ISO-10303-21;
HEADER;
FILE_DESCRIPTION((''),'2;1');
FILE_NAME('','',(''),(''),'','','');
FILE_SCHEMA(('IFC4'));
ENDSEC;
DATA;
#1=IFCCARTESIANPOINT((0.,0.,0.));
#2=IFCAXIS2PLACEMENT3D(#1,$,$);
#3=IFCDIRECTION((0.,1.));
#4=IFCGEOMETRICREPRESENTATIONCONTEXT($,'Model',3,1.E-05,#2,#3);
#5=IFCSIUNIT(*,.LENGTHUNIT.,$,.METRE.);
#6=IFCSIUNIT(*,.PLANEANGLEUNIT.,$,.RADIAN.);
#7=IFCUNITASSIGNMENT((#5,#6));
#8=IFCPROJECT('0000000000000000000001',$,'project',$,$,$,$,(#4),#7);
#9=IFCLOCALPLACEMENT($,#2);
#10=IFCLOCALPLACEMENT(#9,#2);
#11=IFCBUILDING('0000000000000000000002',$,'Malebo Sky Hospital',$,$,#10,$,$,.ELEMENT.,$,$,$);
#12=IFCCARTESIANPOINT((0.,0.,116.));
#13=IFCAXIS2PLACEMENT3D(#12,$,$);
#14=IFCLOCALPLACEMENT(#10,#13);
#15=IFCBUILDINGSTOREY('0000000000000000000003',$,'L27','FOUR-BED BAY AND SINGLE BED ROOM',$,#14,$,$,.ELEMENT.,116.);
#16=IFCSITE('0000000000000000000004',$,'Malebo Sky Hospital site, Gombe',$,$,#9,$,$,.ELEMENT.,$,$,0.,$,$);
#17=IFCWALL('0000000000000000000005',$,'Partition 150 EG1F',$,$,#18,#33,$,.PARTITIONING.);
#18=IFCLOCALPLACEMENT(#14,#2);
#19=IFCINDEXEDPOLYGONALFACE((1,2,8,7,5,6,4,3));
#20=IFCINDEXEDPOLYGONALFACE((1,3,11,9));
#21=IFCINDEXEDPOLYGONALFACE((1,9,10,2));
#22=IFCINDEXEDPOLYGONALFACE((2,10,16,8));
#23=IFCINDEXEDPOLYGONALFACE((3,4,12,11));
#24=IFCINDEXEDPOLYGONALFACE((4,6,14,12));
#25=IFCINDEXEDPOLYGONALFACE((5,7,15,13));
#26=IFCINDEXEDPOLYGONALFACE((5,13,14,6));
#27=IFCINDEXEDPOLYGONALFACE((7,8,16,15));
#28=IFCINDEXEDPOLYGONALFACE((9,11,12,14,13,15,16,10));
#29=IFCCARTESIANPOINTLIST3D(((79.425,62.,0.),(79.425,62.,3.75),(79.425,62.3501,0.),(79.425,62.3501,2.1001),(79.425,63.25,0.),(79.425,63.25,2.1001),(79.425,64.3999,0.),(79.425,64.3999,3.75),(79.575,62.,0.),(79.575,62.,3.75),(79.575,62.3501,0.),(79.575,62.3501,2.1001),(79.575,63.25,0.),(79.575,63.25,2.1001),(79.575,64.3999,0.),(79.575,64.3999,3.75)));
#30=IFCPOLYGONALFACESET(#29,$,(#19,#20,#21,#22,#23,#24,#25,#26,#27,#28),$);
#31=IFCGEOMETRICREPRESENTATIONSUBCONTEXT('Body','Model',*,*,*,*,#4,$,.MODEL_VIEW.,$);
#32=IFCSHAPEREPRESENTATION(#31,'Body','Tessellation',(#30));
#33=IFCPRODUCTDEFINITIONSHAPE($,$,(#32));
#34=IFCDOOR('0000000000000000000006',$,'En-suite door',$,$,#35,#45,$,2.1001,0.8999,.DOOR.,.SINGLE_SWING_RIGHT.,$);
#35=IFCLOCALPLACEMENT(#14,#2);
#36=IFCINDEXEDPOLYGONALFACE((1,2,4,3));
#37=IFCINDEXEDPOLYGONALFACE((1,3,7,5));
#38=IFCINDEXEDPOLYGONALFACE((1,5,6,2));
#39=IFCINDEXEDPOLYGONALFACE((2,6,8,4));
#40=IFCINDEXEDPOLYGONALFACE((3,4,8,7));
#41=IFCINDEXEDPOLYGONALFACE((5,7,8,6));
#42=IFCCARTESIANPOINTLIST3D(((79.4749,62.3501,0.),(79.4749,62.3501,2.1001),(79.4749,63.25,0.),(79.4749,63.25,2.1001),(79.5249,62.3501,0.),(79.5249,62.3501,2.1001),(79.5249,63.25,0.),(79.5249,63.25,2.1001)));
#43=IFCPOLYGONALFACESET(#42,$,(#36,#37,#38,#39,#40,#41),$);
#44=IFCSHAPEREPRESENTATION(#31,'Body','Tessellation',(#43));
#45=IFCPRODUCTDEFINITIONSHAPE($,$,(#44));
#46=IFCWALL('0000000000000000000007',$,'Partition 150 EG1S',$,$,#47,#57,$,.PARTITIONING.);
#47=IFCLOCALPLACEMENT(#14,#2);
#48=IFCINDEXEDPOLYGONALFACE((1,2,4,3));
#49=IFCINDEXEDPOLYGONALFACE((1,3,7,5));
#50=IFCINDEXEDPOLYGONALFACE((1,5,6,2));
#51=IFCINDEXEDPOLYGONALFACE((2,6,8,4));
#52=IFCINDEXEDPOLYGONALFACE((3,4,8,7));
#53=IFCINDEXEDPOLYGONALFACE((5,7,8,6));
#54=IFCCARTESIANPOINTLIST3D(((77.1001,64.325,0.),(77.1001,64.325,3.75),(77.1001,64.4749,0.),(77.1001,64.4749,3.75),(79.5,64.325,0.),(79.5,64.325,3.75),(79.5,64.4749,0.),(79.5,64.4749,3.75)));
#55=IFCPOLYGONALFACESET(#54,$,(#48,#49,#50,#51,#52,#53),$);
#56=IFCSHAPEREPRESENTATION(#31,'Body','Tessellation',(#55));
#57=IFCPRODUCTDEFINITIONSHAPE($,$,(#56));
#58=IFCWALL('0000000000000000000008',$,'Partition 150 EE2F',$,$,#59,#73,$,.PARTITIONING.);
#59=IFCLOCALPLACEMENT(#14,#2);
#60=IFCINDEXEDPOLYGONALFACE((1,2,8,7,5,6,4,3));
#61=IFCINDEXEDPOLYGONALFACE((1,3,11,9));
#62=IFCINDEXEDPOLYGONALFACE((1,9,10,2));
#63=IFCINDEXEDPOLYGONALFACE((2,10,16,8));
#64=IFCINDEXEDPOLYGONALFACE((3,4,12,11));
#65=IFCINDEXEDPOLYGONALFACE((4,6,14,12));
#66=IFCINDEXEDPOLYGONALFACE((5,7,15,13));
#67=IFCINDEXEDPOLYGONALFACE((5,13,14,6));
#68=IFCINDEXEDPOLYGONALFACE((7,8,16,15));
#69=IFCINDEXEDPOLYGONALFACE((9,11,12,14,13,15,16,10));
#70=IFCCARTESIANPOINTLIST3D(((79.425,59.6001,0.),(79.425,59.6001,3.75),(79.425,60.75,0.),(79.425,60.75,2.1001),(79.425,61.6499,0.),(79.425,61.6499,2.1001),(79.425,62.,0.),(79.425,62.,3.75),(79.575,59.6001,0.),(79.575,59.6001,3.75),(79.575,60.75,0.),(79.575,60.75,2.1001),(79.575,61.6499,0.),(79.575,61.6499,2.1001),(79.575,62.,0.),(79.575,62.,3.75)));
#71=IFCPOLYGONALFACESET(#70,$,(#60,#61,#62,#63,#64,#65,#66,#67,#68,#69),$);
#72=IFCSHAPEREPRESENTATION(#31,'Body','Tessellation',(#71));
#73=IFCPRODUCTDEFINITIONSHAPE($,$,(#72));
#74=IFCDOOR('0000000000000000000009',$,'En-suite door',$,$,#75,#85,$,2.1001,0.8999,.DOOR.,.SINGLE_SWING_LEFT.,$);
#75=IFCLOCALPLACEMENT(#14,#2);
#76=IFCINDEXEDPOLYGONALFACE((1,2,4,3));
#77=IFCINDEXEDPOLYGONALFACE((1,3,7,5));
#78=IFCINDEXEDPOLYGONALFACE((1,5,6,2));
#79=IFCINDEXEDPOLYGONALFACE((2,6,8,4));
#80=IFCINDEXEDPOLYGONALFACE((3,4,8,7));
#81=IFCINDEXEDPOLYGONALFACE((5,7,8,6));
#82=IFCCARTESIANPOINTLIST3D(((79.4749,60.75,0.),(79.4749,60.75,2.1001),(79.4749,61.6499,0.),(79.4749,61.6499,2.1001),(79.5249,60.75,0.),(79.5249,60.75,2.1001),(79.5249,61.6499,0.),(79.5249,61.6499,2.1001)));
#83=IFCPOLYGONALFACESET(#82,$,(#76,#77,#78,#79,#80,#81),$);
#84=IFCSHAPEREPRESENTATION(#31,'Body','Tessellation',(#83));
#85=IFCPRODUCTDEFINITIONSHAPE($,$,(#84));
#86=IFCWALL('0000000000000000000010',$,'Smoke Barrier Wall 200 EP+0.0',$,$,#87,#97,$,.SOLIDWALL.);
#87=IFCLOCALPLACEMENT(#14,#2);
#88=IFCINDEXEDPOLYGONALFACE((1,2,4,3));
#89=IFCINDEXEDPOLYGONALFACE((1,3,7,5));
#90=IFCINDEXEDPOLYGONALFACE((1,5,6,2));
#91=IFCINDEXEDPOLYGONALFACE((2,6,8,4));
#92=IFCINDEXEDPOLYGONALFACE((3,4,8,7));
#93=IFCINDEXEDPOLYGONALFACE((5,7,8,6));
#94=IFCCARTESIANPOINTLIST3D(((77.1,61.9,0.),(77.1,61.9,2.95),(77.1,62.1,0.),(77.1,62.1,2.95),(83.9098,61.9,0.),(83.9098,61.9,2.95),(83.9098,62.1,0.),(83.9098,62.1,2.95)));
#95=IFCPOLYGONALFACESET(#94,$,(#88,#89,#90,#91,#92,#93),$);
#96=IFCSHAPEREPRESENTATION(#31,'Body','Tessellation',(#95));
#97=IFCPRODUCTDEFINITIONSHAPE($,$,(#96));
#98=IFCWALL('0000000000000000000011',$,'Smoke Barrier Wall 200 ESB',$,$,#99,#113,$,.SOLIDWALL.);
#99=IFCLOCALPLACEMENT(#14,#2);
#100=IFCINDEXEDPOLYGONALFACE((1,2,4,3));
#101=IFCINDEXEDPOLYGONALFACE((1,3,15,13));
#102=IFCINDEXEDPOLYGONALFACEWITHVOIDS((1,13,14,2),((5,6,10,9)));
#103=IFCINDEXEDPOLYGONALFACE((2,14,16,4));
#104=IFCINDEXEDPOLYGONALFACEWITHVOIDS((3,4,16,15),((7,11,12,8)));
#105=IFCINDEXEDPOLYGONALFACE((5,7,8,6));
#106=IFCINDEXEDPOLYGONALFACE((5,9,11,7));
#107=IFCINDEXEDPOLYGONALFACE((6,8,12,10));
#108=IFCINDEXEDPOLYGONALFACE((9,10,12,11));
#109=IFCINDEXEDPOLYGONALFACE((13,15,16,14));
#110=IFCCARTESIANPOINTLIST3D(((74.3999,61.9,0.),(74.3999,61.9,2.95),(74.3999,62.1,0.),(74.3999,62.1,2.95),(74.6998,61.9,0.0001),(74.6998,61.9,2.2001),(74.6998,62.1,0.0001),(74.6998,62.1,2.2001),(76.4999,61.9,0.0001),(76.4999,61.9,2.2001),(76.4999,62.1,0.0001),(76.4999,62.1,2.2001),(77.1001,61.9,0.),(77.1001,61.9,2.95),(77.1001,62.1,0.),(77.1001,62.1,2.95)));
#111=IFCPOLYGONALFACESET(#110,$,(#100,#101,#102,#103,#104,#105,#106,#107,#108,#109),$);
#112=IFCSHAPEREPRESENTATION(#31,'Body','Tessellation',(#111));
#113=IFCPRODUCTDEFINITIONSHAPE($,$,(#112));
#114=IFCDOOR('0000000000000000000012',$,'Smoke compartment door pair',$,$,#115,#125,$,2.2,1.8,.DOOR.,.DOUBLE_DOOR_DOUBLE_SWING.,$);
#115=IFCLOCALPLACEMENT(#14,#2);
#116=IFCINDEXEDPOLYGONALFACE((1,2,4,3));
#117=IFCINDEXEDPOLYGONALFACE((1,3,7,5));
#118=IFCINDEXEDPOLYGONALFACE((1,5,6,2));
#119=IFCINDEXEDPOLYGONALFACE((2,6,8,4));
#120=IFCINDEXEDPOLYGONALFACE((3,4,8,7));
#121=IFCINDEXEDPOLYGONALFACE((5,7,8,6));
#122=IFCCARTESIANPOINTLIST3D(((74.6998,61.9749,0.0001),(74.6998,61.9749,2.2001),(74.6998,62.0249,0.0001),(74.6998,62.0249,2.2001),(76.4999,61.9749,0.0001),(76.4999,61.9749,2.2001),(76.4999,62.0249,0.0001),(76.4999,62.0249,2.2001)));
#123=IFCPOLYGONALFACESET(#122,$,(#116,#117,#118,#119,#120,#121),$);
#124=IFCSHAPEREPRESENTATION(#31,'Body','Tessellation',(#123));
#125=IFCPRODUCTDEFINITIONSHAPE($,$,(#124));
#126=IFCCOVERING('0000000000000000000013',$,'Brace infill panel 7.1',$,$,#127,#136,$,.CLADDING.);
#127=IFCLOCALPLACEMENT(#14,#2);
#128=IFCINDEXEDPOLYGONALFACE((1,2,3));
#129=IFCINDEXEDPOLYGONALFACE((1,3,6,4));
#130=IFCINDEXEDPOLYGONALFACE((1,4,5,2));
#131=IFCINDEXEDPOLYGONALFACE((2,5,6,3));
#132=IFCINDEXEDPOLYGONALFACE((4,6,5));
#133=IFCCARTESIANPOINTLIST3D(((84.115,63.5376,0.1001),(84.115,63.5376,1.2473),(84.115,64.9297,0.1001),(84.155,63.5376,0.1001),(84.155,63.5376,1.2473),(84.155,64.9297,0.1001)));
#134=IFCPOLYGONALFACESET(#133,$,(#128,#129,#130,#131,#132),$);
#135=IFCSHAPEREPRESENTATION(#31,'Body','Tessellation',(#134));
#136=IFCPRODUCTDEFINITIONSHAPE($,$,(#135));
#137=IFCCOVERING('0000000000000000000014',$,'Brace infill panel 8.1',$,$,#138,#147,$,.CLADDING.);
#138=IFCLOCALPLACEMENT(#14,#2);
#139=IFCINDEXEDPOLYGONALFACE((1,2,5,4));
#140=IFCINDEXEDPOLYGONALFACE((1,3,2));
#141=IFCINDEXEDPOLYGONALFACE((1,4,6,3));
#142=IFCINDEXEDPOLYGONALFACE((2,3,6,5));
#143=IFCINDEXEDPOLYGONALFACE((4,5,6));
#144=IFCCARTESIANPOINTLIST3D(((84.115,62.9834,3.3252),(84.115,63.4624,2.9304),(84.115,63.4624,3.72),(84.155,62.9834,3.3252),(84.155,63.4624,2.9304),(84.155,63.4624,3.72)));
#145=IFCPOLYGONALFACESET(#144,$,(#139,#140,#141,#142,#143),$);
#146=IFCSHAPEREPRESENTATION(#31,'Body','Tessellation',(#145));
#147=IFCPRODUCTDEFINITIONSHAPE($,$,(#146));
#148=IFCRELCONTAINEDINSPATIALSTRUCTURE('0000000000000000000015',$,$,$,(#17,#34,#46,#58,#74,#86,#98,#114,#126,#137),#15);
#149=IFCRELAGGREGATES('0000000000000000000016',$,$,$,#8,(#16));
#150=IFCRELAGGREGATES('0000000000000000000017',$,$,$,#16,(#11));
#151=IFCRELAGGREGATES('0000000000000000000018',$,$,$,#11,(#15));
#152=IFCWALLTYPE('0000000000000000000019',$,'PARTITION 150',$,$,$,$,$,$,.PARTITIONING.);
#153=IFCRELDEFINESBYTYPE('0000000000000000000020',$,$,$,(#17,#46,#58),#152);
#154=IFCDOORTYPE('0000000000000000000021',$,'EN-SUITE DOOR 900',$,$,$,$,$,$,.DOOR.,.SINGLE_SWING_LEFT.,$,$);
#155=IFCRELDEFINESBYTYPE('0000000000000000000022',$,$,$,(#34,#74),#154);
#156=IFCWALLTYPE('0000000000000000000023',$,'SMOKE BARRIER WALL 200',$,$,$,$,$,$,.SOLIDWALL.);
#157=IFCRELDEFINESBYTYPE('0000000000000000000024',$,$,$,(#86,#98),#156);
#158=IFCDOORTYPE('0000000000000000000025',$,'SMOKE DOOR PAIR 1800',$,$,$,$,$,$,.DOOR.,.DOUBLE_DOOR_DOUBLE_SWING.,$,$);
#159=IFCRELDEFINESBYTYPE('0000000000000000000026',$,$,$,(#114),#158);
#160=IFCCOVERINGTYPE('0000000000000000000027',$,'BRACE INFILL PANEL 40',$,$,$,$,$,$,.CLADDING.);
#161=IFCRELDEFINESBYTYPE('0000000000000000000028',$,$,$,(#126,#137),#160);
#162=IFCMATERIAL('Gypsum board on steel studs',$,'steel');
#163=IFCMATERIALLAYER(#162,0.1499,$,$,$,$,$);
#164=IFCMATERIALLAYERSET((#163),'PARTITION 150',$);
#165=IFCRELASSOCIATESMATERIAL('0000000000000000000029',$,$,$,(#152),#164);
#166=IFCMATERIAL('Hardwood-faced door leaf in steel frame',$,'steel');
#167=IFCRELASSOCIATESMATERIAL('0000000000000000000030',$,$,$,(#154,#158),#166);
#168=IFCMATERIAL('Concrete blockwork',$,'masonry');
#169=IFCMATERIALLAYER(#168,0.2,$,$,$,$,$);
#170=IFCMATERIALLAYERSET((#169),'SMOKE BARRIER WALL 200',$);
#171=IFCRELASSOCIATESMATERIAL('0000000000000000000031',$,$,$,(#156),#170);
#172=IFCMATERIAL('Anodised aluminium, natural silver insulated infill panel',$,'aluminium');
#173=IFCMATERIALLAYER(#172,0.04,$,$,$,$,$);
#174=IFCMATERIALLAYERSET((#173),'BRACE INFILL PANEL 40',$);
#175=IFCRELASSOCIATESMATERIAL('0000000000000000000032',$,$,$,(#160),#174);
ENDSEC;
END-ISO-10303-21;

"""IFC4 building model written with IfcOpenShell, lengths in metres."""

from ifc_helpers import new_model, si_unit, direction, frame, frame_2d, origin, place, context, subcontext, project, spatial, polyline, rectangle, outline, extrude, material, layer, layer_set, type_object, element, fill, save


model = new_model("IFC4")

# Units and contexts
model_context = context("Model", 3, precision=1e-05, world=origin(), true_north=direction((0.0, 1.0)))
body_context = subcontext(model_context, "Body", "Model", "MODEL_VIEW")
ifc_project = project(units=[si_unit("LENGTHUNIT", "METRE"), si_unit("PLANEANGLEUNIT", "RADIAN")], contexts=[model_context])

# Site, building, storey
site_placement = place(None, origin())
site = spatial("IfcSite", under=ifc_project, at=site_placement, Name="Malebo Sky Hospital site, Gombe", CompositionType="ELEMENT", RefElevation=0.0)
building_placement = place(site_placement, origin())
building = spatial("IfcBuilding", under=site, at=building_placement, Name="Malebo Sky Hospital", CompositionType="ELEMENT")
storey_placement = place(building_placement, frame((0.0, 0.0, 116.0)))
storey = spatial("IfcBuildingStorey", under=building, at=storey_placement, Name="L27", Description="FOUR-BED BAY AND SINGLE BED ROOM", CompositionType="ELEMENT", Elevation=116.0)

# Shared definitions
ifc_material_1 = material(Name="Gypsum board on steel studs", Category="steel")
ifc_material_2 = material(Name="Hardwood-faced door leaf in steel frame", Category="steel")

# Wall, opening, door
ifc_layer_1 = layer(ifc_material_1, 0.1499)
ifc_layer_set_1 = layer_set([ifc_layer_1], Name="PARTITION 150")
wall_type_1 = type_object("IfcWallType", Name="PARTITION 150", PredefinedType="PARTITIONING", material=ifc_layer_set_1)
wall_1_placement = place(storey_placement, frame((79.5, 64.3999, 0.0), z_axis=(0.0, 0.0, 1.0), x_axis=(0.0, -1.0, 0.0)))
wall_1 = element("IfcWall", 1, at=wall_1_placement, inside=storey, type_object=wall_type_1, Name="Partition 150 EG1F", PredefinedType="PARTITIONING", context=body_context, shape_type="SweptSolid", body=[
    extrude(rectangle(XDim=2.3999, YDim=0.1499, at=frame_2d((1.2, 0.0))), origin(), (0.0, 0.0, 1.0), 3.75),
])
opening_1_placement = place(wall_1_placement, frame((1.1499, 0.0, 0.0)))
opening_1 = element("IfcOpeningElement", 2, at=opening_1_placement, cuts=wall_1, PredefinedType="OPENING", context=body_context, shape_type="SweptSolid", body=[
    extrude(rectangle(XDim=0.8999, YDim=2.1001, at=frame_2d((0.45, 1.05))), frame((0.0, 0.085, 0.0), z_axis=(0.0, -1.0, 0.0), x_axis=(1.0, 0.0, 0.0)), (0.0, 0.0, 1.0), 0.1699),
])
door_type_1 = type_object("IfcDoorType", Name="EN-SUITE DOOR 900", OperationType="SINGLE_SWING_LEFT", PredefinedType="DOOR", material=ifc_material_2)
door_1_placement = place(opening_1_placement, origin())
door_1 = element("IfcDoor", 3, at=door_1_placement, inside=storey, type_object=door_type_1, Name="En-suite door", OperationType="SINGLE_SWING_RIGHT", OverallHeight=2.1001, OverallWidth=0.8999, PredefinedType="DOOR", context=body_context, shape_type="SweptSolid", body=[
    extrude(rectangle(XDim=0.8999, YDim=2.1001, at=frame_2d((0.45, 1.05))), frame((0.0, 0.0249, 0.0), z_axis=(0.0, -1.0, 0.0), x_axis=(1.0, 0.0, 0.0)), (0.0, 0.0, 1.0), 0.05),
])
fill(opening_1, door_1)

# Wall
wall_2_placement = place(storey_placement, frame((77.1001, 64.3999, 0.0), z_axis=(0.0, 0.0, 1.0), x_axis=(1.0, 0.0, 0.0)))
element("IfcWall", 4, at=wall_2_placement, inside=storey, type_object=wall_type_1, Name="Partition 150 EG1S", PredefinedType="PARTITIONING", context=body_context, shape_type="SweptSolid", body=[
    extrude(rectangle(XDim=2.3999, YDim=0.1499, at=frame_2d((1.2, 0.0))), origin(), (0.0, 0.0, 1.0), 3.75),
])

# Wall, opening, door
wall_3_placement = place(storey_placement, frame((79.5, 62.0, 0.0), z_axis=(0.0, 0.0, 1.0), x_axis=(0.0, -1.0, 0.0)))
wall_3 = element("IfcWall", 5, at=wall_3_placement, inside=storey, type_object=wall_type_1, Name="Partition 150 EE2F", PredefinedType="PARTITIONING", context=body_context, shape_type="SweptSolid", body=[
    extrude(rectangle(XDim=2.3999, YDim=0.1499, at=frame_2d((1.2, 0.0))), origin(), (0.0, 0.0, 1.0), 3.75),
])
opening_2_placement = place(wall_3_placement, frame((0.3501, 0.0, 0.0)))
opening_2 = element("IfcOpeningElement", 6, at=opening_2_placement, cuts=wall_3, PredefinedType="OPENING", context=body_context, shape_type="SweptSolid", body=[
    extrude(rectangle(XDim=0.8999, YDim=2.1001, at=frame_2d((0.45, 1.05))), frame((0.0, 0.085, 0.0), z_axis=(0.0, -1.0, 0.0), x_axis=(1.0, 0.0, 0.0)), (0.0, 0.0, 1.0), 0.1699),
])
door_2_placement = place(opening_2_placement, origin())
door_2 = element("IfcDoor", 7, at=door_2_placement, inside=storey, type_object=door_type_1, Name="En-suite door", OperationType="SINGLE_SWING_LEFT", OverallHeight=2.1001, OverallWidth=0.8999, PredefinedType="DOOR", context=body_context, shape_type="SweptSolid", body=[
    extrude(rectangle(XDim=0.8999, YDim=2.1001, at=frame_2d((0.45, 1.05))), frame((0.0, 0.0249, 0.0), z_axis=(0.0, -1.0, 0.0), x_axis=(1.0, 0.0, 0.0)), (0.0, 0.0, 1.0), 0.05),
])
fill(opening_2, door_2)

# Wall
ifc_material_3 = material(Name="Concrete blockwork", Category="masonry")
ifc_layer_2 = layer(ifc_material_3, 0.2)
ifc_layer_set_2 = layer_set([ifc_layer_2], Name="SMOKE BARRIER WALL 200")
wall_type_2 = type_object("IfcWallType", Name="SMOKE BARRIER WALL 200", PredefinedType="SOLIDWALL", material=ifc_layer_set_2)
wall_4_placement = place(storey_placement, frame((77.1001, 62.0, 0.0), z_axis=(0.0, 0.0, 1.0), x_axis=(1.0, 0.0, 0.0)))
element("IfcWall", 8, at=wall_4_placement, inside=storey, type_object=wall_type_2, Name="Smoke Barrier Wall 200 EP+0.0", PredefinedType="SOLIDWALL", context=body_context, shape_type="SweptSolid", body=[
    extrude(rectangle(XDim=6.8098, YDim=0.2, at=frame_2d((3.4048, 0.0))), origin(), (0.0, 0.0, 1.0), 2.95),
])

# Wall, opening, door
wall_5_placement = place(storey_placement, frame((74.3999, 62.0, 0.0), z_axis=(0.0, 0.0, 1.0), x_axis=(1.0, 0.0, 0.0)))
wall_5 = element("IfcWall", 9, at=wall_5_placement, inside=storey, type_object=wall_type_2, Name="Smoke Barrier Wall 200 ESB", PredefinedType="SOLIDWALL", context=body_context, shape_type="SweptSolid", body=[
    extrude(rectangle(XDim=2.7002, YDim=0.2, at=frame_2d((1.3501, 0.0))), origin(), (0.0, 0.0, 1.0), 2.95),
])
opening_3_placement = place(wall_5_placement, frame((0.3, 0.0, 0.0)))
opening_3 = element("IfcOpeningElement", 10, at=opening_3_placement, cuts=wall_5, PredefinedType="OPENING", context=body_context, shape_type="SweptSolid", body=[
    extrude(rectangle(XDim=1.8, YDim=2.2, at=frame_2d((0.8999, 1.1001))), frame((0.0, 0.1099, 0.0), z_axis=(0.0, -1.0, 0.0), x_axis=(1.0, 0.0, 0.0)), (0.0, 0.0, 1.0), 0.22),
])
door_type_2 = type_object("IfcDoorType", Name="SMOKE DOOR PAIR 1800", OperationType="DOUBLE_DOOR_DOUBLE_SWING", PredefinedType="DOOR", material=ifc_material_2)
door_3_placement = place(opening_3_placement, origin())
door_3 = element("IfcDoor", 11, at=door_3_placement, inside=storey, type_object=door_type_2, Name="Smoke compartment door pair", OperationType="DOUBLE_DOOR_DOUBLE_SWING", OverallHeight=2.2, OverallWidth=1.8, PredefinedType="DOOR", context=body_context, shape_type="SweptSolid", body=[
    extrude(rectangle(XDim=1.8, YDim=2.2, at=frame_2d((0.8999, 1.1001))), frame((0.0, 0.0249, 0.0), z_axis=(0.0, -1.0, 0.0), x_axis=(1.0, 0.0, 0.0)), (0.0, 0.0, 1.0), 0.05),
])
fill(opening_3, door_3)

# Coverings
ifc_material_4 = material(Name="Anodised aluminium, natural silver insulated infill panel", Category="aluminium")
ifc_layer_3 = layer(ifc_material_4, 0.04)
ifc_layer_set_3 = layer_set([ifc_layer_3], Name="BRACE INFILL PANEL 40")
covering_type = type_object("IfcCoveringType", Name="BRACE INFILL PANEL 40", PredefinedType="CLADDING", material=ifc_layer_set_3)
covering_1_placement = place(storey_placement, frame((84.135, 64.2336, 0.1001), z_axis=(0.0, 0.0, 1.0), x_axis=(0.0, -1.0, 0.0)))
element("IfcCovering", 12, at=covering_1_placement, inside=storey, type_object=covering_type, Name="Brace infill panel 7.1", PredefinedType="CLADDING", context=body_context, shape_type="SweptSolid", body=[
    extrude(outline(polyline([(-0.696, 0.0), (0.696, 0.0), (0.696, 1.1472), (-0.696, 0.0)])), frame((0.0, 0.02, 0.0), z_axis=(0.0, -1.0, 0.0), x_axis=(1.0, 0.0, 0.0)), (0.0, 0.0, 1.0), 0.04),
])
covering_2_placement = place(storey_placement, frame((84.135, 63.2229, 2.9304), z_axis=(0.0, 0.0, 1.0), x_axis=(0.0, -1.0, 0.0)))
element("IfcCovering", 13, at=covering_2_placement, inside=storey, type_object=covering_type, Name="Brace infill panel 8.1", PredefinedType="CLADDING", context=body_context, shape_type="SweptSolid", body=[
    extrude(outline(polyline([(-0.2395, 0.0), (0.2395, 0.3948), (-0.2395, 0.7896), (-0.2395, 0.0)])), frame((0.0, 0.02, 0.0), z_axis=(0.0, -1.0, 0.0), x_axis=(1.0, 0.0, 0.0)), (0.0, 0.0, 1.0), 0.04),
])

save(model, "model.ifc")
